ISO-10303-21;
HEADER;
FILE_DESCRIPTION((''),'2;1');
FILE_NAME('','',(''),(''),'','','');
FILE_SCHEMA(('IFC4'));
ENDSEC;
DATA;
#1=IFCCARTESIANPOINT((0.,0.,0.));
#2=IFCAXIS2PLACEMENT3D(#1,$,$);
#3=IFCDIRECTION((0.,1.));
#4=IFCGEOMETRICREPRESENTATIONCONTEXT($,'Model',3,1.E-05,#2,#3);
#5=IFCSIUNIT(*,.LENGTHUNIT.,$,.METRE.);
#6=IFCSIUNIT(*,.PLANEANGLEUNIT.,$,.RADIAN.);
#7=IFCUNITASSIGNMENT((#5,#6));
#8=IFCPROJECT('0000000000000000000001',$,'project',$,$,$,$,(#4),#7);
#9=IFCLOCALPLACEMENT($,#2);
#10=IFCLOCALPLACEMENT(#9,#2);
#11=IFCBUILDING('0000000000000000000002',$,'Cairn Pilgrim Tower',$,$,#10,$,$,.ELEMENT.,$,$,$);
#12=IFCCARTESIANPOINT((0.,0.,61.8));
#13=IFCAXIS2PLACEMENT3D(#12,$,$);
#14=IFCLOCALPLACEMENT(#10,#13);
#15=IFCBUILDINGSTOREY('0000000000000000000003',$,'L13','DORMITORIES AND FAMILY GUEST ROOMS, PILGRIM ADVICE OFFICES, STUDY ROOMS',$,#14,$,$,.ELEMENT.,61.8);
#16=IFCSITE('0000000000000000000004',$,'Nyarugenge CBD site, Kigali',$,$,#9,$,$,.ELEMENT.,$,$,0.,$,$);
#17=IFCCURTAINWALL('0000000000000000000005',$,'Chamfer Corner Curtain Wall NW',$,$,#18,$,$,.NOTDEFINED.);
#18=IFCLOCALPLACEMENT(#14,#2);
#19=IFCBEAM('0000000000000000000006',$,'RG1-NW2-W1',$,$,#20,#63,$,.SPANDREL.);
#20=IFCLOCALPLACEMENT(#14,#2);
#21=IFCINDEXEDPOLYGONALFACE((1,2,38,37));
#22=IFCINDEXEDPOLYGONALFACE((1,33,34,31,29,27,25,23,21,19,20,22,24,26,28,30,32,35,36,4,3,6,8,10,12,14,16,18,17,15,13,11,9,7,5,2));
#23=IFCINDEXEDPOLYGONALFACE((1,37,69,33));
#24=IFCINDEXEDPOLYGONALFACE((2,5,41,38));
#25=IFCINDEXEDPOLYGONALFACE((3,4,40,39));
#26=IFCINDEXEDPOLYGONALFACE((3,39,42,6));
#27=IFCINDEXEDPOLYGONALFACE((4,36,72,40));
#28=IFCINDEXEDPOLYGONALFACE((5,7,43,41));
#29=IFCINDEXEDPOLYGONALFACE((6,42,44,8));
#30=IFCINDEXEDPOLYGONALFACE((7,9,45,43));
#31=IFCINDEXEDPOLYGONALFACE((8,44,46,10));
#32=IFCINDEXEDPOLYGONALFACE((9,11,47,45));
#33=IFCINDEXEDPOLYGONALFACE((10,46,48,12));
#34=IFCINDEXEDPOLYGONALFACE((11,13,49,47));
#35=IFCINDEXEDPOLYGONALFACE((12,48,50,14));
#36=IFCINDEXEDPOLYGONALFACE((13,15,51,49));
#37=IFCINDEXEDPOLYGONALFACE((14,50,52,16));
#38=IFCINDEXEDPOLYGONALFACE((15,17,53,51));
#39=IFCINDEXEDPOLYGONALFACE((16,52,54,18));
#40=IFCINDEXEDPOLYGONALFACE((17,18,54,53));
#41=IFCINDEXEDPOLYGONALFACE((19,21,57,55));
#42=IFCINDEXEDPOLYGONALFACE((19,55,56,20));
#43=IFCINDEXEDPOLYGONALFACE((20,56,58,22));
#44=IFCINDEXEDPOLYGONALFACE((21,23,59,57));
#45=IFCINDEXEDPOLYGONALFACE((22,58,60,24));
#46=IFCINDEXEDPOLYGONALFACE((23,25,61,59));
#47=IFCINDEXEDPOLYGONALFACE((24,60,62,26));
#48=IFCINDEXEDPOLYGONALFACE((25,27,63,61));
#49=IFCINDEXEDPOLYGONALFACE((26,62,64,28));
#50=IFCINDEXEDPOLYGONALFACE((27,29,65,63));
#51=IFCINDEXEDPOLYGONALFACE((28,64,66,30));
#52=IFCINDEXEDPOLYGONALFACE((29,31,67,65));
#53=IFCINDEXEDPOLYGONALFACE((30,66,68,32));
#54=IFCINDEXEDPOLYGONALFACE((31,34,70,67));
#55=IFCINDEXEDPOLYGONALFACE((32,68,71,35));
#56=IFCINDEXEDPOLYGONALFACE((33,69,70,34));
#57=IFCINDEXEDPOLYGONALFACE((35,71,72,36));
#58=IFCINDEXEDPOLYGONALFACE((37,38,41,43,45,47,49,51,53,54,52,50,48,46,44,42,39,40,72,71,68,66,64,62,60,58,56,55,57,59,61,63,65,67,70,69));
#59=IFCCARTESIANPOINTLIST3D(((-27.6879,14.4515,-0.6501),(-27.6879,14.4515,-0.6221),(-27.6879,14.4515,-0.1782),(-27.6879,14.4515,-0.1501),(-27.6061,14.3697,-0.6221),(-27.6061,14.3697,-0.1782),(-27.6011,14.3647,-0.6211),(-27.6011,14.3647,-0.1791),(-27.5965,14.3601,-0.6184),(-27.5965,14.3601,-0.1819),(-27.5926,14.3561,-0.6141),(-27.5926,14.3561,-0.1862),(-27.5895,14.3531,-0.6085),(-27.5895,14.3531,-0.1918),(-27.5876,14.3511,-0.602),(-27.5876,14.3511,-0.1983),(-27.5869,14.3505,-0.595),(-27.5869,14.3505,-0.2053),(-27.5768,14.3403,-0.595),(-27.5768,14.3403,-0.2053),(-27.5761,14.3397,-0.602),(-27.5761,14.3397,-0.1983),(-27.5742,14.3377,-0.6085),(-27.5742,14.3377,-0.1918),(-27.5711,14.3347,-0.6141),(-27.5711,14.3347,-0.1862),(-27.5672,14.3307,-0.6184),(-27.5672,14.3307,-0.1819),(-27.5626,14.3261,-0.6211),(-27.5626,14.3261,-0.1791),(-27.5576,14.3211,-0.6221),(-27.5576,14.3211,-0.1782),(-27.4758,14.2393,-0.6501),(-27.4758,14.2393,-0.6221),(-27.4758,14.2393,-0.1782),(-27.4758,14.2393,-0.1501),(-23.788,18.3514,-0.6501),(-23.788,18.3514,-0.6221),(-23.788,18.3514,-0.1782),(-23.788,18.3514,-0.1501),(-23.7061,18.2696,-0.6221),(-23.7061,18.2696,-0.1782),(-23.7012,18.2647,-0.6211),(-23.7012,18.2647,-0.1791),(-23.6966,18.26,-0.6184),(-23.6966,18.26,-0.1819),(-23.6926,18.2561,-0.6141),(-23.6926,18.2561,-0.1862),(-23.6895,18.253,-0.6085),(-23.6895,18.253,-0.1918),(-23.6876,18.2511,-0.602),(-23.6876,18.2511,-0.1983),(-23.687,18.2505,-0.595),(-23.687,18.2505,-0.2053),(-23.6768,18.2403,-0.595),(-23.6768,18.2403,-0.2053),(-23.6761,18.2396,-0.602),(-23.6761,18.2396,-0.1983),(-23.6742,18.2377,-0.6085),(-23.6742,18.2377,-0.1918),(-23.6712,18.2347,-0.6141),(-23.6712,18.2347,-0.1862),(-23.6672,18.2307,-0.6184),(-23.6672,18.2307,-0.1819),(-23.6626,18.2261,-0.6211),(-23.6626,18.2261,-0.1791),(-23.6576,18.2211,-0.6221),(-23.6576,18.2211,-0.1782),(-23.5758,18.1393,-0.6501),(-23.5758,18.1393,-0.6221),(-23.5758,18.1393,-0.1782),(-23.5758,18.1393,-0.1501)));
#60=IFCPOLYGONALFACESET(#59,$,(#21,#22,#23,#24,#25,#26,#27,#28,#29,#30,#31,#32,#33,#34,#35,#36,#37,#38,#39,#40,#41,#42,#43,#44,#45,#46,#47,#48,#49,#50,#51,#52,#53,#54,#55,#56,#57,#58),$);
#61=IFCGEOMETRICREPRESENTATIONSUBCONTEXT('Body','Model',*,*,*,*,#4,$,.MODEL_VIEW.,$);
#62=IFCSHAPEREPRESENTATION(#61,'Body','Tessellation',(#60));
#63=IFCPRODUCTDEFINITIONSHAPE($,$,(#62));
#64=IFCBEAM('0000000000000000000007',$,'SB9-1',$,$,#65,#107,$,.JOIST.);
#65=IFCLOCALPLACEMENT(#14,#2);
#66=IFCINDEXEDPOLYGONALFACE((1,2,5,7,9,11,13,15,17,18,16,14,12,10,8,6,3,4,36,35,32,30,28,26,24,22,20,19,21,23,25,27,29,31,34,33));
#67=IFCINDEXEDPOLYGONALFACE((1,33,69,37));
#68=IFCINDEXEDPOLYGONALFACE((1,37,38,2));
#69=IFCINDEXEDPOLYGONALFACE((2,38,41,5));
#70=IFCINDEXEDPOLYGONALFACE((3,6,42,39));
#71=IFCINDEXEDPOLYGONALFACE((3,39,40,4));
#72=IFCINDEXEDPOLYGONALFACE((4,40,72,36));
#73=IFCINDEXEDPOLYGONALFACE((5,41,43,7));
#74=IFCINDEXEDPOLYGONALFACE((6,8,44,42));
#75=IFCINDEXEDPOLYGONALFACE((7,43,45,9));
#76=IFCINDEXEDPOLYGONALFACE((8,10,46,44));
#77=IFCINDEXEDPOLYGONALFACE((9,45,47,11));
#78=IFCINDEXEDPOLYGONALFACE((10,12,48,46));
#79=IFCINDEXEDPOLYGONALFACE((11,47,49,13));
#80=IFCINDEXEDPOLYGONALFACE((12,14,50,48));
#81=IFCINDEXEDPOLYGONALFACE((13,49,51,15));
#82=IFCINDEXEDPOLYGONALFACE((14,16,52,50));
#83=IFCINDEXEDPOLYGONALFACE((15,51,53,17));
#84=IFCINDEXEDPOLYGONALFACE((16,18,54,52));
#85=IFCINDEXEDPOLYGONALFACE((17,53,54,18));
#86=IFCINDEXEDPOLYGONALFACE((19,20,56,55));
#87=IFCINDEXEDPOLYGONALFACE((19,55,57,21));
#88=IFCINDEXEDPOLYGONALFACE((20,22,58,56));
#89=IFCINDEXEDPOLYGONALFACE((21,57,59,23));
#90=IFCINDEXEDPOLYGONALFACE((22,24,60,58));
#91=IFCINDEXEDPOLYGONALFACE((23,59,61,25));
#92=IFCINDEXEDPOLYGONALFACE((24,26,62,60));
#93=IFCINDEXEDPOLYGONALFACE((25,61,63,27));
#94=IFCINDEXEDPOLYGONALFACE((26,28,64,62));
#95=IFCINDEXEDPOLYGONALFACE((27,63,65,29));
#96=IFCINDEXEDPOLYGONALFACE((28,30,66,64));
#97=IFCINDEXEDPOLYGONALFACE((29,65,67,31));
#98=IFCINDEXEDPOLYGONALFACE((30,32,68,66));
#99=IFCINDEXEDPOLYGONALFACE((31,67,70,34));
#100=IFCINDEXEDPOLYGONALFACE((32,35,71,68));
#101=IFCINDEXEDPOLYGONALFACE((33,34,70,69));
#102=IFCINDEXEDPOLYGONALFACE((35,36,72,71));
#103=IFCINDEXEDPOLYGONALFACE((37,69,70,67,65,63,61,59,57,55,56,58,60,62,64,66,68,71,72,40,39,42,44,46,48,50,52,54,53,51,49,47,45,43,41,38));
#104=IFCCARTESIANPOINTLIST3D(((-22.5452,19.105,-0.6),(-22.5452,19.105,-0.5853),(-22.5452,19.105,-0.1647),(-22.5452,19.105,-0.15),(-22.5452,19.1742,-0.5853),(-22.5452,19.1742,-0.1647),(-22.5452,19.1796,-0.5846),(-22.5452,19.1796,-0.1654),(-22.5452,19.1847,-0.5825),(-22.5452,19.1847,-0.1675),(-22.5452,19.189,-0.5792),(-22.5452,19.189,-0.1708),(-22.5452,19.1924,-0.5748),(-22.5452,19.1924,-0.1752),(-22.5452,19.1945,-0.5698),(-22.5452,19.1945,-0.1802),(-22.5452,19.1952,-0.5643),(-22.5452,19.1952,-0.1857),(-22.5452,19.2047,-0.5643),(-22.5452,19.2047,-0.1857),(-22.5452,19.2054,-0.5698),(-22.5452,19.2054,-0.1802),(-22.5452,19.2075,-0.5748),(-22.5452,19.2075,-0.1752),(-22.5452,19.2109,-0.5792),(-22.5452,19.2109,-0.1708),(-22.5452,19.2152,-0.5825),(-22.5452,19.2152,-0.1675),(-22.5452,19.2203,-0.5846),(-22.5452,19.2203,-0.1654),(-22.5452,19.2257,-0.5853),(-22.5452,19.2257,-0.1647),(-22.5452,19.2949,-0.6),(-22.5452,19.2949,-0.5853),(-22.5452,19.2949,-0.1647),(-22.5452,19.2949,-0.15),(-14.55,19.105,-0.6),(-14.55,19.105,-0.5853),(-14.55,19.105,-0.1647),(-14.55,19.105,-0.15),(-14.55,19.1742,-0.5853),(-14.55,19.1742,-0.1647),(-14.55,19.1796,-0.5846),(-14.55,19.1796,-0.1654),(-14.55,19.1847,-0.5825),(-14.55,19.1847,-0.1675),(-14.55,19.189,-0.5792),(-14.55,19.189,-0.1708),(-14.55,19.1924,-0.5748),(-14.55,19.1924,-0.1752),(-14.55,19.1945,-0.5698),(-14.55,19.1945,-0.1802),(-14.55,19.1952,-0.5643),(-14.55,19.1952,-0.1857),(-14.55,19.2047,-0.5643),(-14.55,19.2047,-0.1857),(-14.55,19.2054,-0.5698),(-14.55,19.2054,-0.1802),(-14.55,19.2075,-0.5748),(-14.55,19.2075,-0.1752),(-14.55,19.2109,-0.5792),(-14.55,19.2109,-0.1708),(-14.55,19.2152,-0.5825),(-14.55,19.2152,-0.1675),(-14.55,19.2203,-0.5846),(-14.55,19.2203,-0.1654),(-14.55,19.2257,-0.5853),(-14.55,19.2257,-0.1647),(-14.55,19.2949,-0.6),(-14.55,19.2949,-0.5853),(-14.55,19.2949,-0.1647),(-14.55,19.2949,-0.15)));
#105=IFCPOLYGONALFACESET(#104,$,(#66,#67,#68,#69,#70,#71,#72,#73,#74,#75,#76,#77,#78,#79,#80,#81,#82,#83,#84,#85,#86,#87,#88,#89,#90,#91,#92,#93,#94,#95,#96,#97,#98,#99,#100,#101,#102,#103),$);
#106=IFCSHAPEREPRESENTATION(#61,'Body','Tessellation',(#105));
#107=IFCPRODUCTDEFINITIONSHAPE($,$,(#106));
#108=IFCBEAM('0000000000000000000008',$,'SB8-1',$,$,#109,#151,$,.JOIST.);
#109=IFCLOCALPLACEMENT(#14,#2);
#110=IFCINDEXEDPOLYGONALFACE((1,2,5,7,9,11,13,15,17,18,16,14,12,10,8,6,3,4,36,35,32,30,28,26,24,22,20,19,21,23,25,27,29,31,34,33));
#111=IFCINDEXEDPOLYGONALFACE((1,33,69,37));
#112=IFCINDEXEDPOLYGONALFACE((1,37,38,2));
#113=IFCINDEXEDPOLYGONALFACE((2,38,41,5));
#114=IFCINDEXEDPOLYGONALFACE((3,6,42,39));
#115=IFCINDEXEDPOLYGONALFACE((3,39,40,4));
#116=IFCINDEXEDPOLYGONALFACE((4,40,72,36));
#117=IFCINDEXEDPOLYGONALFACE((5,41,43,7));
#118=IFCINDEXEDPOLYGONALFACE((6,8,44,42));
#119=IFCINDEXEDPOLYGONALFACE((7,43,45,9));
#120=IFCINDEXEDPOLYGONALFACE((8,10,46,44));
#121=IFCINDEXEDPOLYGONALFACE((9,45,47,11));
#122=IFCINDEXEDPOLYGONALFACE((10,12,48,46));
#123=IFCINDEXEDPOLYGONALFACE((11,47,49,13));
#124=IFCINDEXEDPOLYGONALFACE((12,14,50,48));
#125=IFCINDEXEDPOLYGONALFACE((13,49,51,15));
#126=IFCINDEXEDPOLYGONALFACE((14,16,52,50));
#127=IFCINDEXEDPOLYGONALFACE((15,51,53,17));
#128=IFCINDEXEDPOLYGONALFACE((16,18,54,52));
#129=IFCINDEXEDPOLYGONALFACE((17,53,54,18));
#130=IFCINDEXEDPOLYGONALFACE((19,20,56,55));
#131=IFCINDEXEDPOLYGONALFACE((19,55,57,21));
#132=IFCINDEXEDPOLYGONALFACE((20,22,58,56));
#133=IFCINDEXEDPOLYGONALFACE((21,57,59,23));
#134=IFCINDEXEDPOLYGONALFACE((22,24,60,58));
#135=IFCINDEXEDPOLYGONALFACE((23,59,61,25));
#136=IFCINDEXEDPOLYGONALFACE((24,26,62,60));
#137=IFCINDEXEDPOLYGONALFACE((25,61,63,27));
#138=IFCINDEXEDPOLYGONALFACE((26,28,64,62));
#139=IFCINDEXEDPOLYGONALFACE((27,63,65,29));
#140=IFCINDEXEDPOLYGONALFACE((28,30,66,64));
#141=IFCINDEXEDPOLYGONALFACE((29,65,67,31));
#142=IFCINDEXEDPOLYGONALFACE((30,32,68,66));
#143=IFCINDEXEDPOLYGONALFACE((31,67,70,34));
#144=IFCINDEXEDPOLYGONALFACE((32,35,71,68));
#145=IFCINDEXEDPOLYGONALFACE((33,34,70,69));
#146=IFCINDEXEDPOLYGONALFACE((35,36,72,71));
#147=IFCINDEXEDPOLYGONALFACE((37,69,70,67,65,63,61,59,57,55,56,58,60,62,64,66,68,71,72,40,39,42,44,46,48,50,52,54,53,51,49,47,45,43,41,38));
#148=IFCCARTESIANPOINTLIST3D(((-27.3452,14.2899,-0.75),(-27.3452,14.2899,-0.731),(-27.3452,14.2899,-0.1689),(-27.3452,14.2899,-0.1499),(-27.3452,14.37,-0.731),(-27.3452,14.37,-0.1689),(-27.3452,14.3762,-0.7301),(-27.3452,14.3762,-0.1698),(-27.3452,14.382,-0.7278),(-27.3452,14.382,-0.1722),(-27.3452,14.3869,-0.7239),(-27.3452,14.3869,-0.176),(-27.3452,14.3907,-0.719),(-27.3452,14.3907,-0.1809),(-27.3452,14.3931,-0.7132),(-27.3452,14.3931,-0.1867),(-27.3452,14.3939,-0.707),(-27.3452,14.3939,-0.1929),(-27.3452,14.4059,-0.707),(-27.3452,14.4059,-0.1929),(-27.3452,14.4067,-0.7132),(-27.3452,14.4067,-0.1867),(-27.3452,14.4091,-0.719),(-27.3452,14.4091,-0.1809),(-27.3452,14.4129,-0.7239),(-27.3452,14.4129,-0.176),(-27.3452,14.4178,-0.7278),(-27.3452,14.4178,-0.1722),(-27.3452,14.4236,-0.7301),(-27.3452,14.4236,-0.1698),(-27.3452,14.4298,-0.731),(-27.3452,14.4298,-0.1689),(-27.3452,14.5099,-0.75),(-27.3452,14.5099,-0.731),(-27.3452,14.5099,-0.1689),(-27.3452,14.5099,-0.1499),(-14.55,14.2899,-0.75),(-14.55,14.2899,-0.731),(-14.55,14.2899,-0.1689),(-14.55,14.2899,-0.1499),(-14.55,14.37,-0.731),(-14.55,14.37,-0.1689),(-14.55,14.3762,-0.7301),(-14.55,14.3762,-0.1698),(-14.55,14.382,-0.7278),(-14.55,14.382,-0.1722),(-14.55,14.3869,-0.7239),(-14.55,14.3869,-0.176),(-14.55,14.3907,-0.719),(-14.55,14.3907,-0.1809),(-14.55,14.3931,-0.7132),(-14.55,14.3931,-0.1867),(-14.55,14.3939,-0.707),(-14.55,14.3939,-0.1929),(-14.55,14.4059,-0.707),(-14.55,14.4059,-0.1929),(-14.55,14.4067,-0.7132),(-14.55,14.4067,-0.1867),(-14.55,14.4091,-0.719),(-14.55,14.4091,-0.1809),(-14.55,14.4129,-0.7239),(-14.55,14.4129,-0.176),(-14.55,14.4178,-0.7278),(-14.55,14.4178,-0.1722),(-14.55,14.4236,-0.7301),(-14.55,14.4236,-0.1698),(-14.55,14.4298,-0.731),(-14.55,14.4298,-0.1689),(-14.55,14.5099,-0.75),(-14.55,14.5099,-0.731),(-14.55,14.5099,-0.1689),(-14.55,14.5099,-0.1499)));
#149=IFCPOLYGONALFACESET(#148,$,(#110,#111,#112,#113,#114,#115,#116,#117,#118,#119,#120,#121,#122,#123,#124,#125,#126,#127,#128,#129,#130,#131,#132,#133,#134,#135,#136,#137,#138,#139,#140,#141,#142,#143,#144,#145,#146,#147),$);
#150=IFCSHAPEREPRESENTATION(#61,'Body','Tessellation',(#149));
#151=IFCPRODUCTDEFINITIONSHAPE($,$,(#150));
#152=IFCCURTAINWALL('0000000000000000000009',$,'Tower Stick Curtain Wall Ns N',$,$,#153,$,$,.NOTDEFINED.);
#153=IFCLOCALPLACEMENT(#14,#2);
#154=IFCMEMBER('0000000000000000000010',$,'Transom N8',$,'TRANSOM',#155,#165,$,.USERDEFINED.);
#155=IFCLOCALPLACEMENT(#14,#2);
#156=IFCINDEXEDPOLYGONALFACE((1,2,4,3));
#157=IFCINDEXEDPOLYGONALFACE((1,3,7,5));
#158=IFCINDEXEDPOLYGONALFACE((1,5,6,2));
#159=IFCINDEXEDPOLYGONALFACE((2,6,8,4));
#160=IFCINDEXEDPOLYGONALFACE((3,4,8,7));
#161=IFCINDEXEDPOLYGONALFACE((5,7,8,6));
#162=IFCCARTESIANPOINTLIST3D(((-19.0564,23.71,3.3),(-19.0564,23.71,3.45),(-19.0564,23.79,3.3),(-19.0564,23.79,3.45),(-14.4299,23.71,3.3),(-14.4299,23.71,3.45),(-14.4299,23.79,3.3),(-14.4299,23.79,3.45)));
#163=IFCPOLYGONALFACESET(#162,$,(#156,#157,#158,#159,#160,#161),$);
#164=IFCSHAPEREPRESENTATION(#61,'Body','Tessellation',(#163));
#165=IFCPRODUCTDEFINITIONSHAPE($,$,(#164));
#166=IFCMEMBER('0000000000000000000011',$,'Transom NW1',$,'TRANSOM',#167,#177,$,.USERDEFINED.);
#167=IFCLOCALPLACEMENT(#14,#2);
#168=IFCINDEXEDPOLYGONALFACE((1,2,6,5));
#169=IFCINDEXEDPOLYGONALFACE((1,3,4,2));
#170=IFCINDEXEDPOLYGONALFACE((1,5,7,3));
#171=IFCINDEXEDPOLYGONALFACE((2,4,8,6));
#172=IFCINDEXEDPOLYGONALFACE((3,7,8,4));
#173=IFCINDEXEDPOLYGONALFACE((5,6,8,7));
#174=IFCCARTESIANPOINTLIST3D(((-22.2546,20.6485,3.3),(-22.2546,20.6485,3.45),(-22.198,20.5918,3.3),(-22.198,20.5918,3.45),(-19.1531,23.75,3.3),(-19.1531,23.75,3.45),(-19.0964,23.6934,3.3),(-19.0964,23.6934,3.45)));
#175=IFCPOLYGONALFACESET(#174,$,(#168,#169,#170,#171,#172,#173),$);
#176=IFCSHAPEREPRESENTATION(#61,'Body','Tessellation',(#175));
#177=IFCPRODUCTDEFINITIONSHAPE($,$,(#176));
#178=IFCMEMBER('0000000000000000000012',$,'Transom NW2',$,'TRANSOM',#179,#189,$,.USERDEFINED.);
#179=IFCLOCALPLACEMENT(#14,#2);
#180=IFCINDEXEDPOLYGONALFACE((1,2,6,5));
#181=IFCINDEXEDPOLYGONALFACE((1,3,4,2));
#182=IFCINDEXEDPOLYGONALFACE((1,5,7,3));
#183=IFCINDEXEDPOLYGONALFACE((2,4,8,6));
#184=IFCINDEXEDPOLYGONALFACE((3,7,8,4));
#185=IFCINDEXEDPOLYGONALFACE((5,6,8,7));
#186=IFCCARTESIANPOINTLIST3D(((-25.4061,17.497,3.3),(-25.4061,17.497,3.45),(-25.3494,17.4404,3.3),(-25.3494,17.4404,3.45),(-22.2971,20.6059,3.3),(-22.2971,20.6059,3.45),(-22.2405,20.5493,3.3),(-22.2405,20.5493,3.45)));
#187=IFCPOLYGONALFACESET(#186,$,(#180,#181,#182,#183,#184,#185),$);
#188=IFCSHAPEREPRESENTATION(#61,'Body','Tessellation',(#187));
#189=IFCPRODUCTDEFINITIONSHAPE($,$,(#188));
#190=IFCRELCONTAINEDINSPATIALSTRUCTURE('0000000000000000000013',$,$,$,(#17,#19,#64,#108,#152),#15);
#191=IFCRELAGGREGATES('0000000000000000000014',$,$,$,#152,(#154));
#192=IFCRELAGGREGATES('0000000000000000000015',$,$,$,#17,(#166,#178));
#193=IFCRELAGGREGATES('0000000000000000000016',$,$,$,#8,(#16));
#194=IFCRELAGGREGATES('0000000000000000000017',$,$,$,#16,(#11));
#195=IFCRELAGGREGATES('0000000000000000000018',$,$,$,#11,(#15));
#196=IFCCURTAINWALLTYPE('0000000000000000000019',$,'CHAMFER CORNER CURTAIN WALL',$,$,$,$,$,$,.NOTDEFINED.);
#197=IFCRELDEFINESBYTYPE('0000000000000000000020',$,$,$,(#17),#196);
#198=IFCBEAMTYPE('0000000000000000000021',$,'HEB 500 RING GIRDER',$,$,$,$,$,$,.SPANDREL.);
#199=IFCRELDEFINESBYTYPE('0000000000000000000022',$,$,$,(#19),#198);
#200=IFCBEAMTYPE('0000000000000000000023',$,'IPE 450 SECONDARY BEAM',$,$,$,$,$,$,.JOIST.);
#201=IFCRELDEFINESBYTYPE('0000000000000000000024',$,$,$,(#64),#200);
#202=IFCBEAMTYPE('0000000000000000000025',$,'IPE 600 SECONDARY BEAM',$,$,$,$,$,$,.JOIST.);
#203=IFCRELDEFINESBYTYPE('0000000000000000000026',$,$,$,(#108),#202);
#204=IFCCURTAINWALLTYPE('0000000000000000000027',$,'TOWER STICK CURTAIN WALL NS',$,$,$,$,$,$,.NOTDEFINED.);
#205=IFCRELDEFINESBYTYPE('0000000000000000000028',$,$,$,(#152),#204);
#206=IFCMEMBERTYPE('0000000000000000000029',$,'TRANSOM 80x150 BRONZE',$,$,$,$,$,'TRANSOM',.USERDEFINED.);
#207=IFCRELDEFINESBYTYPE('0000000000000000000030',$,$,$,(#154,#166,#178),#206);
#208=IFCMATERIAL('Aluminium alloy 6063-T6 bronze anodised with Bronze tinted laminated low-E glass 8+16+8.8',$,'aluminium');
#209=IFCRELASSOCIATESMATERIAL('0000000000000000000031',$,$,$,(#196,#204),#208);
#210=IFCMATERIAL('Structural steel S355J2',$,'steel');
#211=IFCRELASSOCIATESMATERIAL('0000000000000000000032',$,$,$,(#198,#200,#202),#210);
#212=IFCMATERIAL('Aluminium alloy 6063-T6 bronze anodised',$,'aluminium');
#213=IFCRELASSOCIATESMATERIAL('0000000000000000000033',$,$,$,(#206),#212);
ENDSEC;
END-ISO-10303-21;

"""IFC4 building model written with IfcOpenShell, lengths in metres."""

from ifc_helpers import new_model, si_unit, direction, frame, origin, origin_2d, place, context, subcontext, project, spatial, rectangle, i_section, extrude, material, material_profile, profile_set, type_object, element, aggregate, save


model = new_model("IFC4")

# Units and contexts
model_context = context("Model", 3, precision=1e-05, world=origin(), true_north=direction((0.0, 1.0)))
body_context = subcontext(model_context, "Body", "Model", "MODEL_VIEW")
ifc_project = project(units=[si_unit("LENGTHUNIT", "METRE"), si_unit("PLANEANGLEUNIT", "RADIAN")], contexts=[model_context])

# Site, building, storey
site_placement = place(None, origin())
site = spatial("IfcSite", under=ifc_project, at=site_placement, Name="Nyarugenge CBD site, Kigali", CompositionType="ELEMENT", RefElevation=0.0)
building_placement = place(site_placement, origin())
building = spatial("IfcBuilding", under=site, at=building_placement, Name="Cairn Pilgrim Tower", CompositionType="ELEMENT")
storey_placement = place(building_placement, frame((0.0, 0.0, 61.8)))
storey = spatial("IfcBuildingStorey", under=building, at=storey_placement, Name="L13", Description="DORMITORIES AND FAMILY GUEST ROOMS, PILGRIM ADVICE OFFICES, STUDY ROOMS", CompositionType="ELEMENT", Elevation=61.8)

# Shared definitions
ifc_material_1 = material(Name="Structural steel S355J2", Category="steel")

# Curtain wall
ifc_material_2 = material(Name="Aluminium alloy 6063-T6 bronze anodised with Bronze tinted laminated low-E glass 8+16+8.8", Category="aluminium")
curtain_wall_type_1 = type_object("IfcCurtainWallType", Name="CHAMFER CORNER CURTAIN WALL", PredefinedType="NOTDEFINED", material=ifc_material_2)
curtain_wall_1_placement = place(storey_placement, origin())
curtain_wall_1 = element("IfcCurtainWall", 1, at=curtain_wall_1_placement, inside=storey, type_object=curtain_wall_type_1, Name="Chamfer Corner Curtain Wall NW", PredefinedType="NOTDEFINED")
ifc_material_3 = material(Name="Aluminium alloy 6063-T6 bronze anodised", Category="aluminium")

# Beams
ifc_material_profile_1 = material_profile(ifc_material_1, i_section(OverallWidth=0.3, OverallDepth=0.5, WebThickness=0.0144, FlangeThickness=0.0281, FilletRadius=0.0271, at=origin_2d()), Name="HEB 500")
ifc_profile_set_1 = profile_set([ifc_material_profile_1], Name="Structural steel S355J2")
beam_type_1 = type_object("IfcBeamType", Name="HEB 500 RING GIRDER", PredefinedType="SPANDREL", material=ifc_profile_set_1)
beam_1_placement = place(storey_placement, frame((-23.6819, 18.2454, -0.4001), z_axis=(-0.707107, -0.707107, 0.0), x_axis=(0.707107, -0.707107, 0.0)))
element("IfcBeam", 2, at=beam_1_placement, inside=storey, type_object=beam_type_1, Name="RG1-NW2-W1", PredefinedType="SPANDREL", context=body_context, shape_type="SweptSolid", body=[
    extrude(i_section(OverallWidth=0.3, OverallDepth=0.5, WebThickness=0.0144, FlangeThickness=0.0281, FilletRadius=0.0271, at=origin_2d()), origin(), (0.0, 0.0, 1.0), 5.5154),
])
ifc_material_profile_2 = material_profile(ifc_material_1, i_section(OverallWidth=0.1899, OverallDepth=0.45, WebThickness=0.0095, FlangeThickness=0.0146, FilletRadius=0.021, at=origin_2d()), Name="IPE 450")
ifc_profile_set_2 = profile_set([ifc_material_profile_2], Name="Structural steel S355J2")
beam_type_2 = type_object("IfcBeamType", Name="IPE 450 SECONDARY BEAM", PredefinedType="JOIST", material=ifc_profile_set_2)
beam_2_placement = place(storey_placement, frame((-22.5452, 19.2, -0.375), z_axis=(1.0, 0.0, 0.0), x_axis=(0.0, 1.0, 0.0)))
element("IfcBeam", 3, at=beam_2_placement, inside=storey, type_object=beam_type_2, Name="SB9-1", PredefinedType="JOIST", context=body_context, shape_type="SweptSolid", body=[
    extrude(i_section(OverallWidth=0.1899, OverallDepth=0.45, WebThickness=0.0095, FlangeThickness=0.0146, FilletRadius=0.021, at=origin_2d()), origin(), (0.0, 0.0, 1.0), 7.9951),
])
ifc_material_profile_3 = material_profile(ifc_material_1, i_section(OverallWidth=0.22, OverallDepth=0.6001, WebThickness=0.012, FlangeThickness=0.019, FilletRadius=0.0239, at=origin_2d()), Name="IPE 600")
ifc_profile_set_3 = profile_set([ifc_material_profile_3], Name="Structural steel S355J2")
beam_type_3 = type_object("IfcBeamType", Name="IPE 600 SECONDARY BEAM", PredefinedType="JOIST", material=ifc_profile_set_3)
beam_3_placement = place(storey_placement, frame((-27.3452, 14.3999, -0.45), z_axis=(1.0, 0.0, 0.0), x_axis=(0.0, 1.0, 0.0)))
element("IfcBeam", 4, at=beam_3_placement, inside=storey, type_object=beam_type_3, Name="SB8-1", PredefinedType="JOIST", context=body_context, shape_type="SweptSolid", body=[
    extrude(i_section(OverallWidth=0.22, OverallDepth=0.6001, WebThickness=0.012, FlangeThickness=0.019, FilletRadius=0.0239, at=origin_2d()), origin(), (0.0, 0.0, 1.0), 12.7952),
])

# Curtain wall, member
curtain_wall_type_2 = type_object("IfcCurtainWallType", Name="TOWER STICK CURTAIN WALL NS", PredefinedType="NOTDEFINED", material=ifc_material_2)
curtain_wall_2_placement = place(storey_placement, origin())
curtain_wall_2 = element("IfcCurtainWall", 5, at=curtain_wall_2_placement, inside=storey, type_object=curtain_wall_type_2, Name="Tower Stick Curtain Wall Ns N", PredefinedType="NOTDEFINED")
ifc_material_profile_4 = material_profile(ifc_material_3, rectangle(XDim=0.0801, YDim=0.1499, at=origin_2d()), Name="TRANSOM 80x150 BRONZE")
ifc_profile_set_4 = profile_set([ifc_material_profile_4], Name="Aluminium alloy 6063-T6 bronze anodised")
member_type_1 = type_object("IfcMemberType", Name="TRANSOM 80x150 BRONZE", ElementType="TRANSOM", PredefinedType="USERDEFINED", material=ifc_profile_set_4)
member_1_placement = place(storey_placement, frame((-14.4299, 23.75, 3.375), z_axis=(-1.0, 0.0, 0.0), x_axis=(0.0, -1.0, 0.0)))
member_1 = element("IfcMember", 6, at=member_1_placement, type_object=member_type_1, Name="Transom N8", ObjectType="TRANSOM", PredefinedType="USERDEFINED", context=body_context, shape_type="SweptSolid", body=[
    extrude(rectangle(XDim=0.0801, YDim=0.1499, at=origin_2d()), origin(), (0.0, 0.0, 1.0), 4.6265),
])

# Members
member_2_placement = place(storey_placement, frame((-19.1248, 23.7217, 3.375), z_axis=(-0.707107, -0.707107, 0.0), x_axis=(0.707107, -0.707107, 0.0)))
member_2 = element("IfcMember", 7, at=member_2_placement, type_object=member_type_1, Name="Transom NW1", ObjectType="TRANSOM", PredefinedType="USERDEFINED", context=body_context, shape_type="SweptSolid", body=[
    extrude(rectangle(XDim=0.0801, YDim=0.1499, at=origin_2d()), origin(), (0.0, 0.0, 1.0), 4.3862),
])
member_3_placement = place(storey_placement, frame((-22.2688, 20.5776, 3.375), z_axis=(-0.707107, -0.707107, 0.0), x_axis=(0.707107, -0.707107, 0.0)))
member_3 = element("IfcMember", 8, at=member_3_placement, type_object=member_type_1, Name="Transom NW2", ObjectType="TRANSOM", PredefinedType="USERDEFINED", context=body_context, shape_type="SweptSolid", body=[
    extrude(rectangle(XDim=0.0801, YDim=0.1499, at=origin_2d()), origin(), (0.0, 0.0, 1.0), 4.3967),
])

aggregate(curtain_wall_2, [member_1])
aggregate(curtain_wall_1, [member_2, member_3])

save(model, "model.ifc")
